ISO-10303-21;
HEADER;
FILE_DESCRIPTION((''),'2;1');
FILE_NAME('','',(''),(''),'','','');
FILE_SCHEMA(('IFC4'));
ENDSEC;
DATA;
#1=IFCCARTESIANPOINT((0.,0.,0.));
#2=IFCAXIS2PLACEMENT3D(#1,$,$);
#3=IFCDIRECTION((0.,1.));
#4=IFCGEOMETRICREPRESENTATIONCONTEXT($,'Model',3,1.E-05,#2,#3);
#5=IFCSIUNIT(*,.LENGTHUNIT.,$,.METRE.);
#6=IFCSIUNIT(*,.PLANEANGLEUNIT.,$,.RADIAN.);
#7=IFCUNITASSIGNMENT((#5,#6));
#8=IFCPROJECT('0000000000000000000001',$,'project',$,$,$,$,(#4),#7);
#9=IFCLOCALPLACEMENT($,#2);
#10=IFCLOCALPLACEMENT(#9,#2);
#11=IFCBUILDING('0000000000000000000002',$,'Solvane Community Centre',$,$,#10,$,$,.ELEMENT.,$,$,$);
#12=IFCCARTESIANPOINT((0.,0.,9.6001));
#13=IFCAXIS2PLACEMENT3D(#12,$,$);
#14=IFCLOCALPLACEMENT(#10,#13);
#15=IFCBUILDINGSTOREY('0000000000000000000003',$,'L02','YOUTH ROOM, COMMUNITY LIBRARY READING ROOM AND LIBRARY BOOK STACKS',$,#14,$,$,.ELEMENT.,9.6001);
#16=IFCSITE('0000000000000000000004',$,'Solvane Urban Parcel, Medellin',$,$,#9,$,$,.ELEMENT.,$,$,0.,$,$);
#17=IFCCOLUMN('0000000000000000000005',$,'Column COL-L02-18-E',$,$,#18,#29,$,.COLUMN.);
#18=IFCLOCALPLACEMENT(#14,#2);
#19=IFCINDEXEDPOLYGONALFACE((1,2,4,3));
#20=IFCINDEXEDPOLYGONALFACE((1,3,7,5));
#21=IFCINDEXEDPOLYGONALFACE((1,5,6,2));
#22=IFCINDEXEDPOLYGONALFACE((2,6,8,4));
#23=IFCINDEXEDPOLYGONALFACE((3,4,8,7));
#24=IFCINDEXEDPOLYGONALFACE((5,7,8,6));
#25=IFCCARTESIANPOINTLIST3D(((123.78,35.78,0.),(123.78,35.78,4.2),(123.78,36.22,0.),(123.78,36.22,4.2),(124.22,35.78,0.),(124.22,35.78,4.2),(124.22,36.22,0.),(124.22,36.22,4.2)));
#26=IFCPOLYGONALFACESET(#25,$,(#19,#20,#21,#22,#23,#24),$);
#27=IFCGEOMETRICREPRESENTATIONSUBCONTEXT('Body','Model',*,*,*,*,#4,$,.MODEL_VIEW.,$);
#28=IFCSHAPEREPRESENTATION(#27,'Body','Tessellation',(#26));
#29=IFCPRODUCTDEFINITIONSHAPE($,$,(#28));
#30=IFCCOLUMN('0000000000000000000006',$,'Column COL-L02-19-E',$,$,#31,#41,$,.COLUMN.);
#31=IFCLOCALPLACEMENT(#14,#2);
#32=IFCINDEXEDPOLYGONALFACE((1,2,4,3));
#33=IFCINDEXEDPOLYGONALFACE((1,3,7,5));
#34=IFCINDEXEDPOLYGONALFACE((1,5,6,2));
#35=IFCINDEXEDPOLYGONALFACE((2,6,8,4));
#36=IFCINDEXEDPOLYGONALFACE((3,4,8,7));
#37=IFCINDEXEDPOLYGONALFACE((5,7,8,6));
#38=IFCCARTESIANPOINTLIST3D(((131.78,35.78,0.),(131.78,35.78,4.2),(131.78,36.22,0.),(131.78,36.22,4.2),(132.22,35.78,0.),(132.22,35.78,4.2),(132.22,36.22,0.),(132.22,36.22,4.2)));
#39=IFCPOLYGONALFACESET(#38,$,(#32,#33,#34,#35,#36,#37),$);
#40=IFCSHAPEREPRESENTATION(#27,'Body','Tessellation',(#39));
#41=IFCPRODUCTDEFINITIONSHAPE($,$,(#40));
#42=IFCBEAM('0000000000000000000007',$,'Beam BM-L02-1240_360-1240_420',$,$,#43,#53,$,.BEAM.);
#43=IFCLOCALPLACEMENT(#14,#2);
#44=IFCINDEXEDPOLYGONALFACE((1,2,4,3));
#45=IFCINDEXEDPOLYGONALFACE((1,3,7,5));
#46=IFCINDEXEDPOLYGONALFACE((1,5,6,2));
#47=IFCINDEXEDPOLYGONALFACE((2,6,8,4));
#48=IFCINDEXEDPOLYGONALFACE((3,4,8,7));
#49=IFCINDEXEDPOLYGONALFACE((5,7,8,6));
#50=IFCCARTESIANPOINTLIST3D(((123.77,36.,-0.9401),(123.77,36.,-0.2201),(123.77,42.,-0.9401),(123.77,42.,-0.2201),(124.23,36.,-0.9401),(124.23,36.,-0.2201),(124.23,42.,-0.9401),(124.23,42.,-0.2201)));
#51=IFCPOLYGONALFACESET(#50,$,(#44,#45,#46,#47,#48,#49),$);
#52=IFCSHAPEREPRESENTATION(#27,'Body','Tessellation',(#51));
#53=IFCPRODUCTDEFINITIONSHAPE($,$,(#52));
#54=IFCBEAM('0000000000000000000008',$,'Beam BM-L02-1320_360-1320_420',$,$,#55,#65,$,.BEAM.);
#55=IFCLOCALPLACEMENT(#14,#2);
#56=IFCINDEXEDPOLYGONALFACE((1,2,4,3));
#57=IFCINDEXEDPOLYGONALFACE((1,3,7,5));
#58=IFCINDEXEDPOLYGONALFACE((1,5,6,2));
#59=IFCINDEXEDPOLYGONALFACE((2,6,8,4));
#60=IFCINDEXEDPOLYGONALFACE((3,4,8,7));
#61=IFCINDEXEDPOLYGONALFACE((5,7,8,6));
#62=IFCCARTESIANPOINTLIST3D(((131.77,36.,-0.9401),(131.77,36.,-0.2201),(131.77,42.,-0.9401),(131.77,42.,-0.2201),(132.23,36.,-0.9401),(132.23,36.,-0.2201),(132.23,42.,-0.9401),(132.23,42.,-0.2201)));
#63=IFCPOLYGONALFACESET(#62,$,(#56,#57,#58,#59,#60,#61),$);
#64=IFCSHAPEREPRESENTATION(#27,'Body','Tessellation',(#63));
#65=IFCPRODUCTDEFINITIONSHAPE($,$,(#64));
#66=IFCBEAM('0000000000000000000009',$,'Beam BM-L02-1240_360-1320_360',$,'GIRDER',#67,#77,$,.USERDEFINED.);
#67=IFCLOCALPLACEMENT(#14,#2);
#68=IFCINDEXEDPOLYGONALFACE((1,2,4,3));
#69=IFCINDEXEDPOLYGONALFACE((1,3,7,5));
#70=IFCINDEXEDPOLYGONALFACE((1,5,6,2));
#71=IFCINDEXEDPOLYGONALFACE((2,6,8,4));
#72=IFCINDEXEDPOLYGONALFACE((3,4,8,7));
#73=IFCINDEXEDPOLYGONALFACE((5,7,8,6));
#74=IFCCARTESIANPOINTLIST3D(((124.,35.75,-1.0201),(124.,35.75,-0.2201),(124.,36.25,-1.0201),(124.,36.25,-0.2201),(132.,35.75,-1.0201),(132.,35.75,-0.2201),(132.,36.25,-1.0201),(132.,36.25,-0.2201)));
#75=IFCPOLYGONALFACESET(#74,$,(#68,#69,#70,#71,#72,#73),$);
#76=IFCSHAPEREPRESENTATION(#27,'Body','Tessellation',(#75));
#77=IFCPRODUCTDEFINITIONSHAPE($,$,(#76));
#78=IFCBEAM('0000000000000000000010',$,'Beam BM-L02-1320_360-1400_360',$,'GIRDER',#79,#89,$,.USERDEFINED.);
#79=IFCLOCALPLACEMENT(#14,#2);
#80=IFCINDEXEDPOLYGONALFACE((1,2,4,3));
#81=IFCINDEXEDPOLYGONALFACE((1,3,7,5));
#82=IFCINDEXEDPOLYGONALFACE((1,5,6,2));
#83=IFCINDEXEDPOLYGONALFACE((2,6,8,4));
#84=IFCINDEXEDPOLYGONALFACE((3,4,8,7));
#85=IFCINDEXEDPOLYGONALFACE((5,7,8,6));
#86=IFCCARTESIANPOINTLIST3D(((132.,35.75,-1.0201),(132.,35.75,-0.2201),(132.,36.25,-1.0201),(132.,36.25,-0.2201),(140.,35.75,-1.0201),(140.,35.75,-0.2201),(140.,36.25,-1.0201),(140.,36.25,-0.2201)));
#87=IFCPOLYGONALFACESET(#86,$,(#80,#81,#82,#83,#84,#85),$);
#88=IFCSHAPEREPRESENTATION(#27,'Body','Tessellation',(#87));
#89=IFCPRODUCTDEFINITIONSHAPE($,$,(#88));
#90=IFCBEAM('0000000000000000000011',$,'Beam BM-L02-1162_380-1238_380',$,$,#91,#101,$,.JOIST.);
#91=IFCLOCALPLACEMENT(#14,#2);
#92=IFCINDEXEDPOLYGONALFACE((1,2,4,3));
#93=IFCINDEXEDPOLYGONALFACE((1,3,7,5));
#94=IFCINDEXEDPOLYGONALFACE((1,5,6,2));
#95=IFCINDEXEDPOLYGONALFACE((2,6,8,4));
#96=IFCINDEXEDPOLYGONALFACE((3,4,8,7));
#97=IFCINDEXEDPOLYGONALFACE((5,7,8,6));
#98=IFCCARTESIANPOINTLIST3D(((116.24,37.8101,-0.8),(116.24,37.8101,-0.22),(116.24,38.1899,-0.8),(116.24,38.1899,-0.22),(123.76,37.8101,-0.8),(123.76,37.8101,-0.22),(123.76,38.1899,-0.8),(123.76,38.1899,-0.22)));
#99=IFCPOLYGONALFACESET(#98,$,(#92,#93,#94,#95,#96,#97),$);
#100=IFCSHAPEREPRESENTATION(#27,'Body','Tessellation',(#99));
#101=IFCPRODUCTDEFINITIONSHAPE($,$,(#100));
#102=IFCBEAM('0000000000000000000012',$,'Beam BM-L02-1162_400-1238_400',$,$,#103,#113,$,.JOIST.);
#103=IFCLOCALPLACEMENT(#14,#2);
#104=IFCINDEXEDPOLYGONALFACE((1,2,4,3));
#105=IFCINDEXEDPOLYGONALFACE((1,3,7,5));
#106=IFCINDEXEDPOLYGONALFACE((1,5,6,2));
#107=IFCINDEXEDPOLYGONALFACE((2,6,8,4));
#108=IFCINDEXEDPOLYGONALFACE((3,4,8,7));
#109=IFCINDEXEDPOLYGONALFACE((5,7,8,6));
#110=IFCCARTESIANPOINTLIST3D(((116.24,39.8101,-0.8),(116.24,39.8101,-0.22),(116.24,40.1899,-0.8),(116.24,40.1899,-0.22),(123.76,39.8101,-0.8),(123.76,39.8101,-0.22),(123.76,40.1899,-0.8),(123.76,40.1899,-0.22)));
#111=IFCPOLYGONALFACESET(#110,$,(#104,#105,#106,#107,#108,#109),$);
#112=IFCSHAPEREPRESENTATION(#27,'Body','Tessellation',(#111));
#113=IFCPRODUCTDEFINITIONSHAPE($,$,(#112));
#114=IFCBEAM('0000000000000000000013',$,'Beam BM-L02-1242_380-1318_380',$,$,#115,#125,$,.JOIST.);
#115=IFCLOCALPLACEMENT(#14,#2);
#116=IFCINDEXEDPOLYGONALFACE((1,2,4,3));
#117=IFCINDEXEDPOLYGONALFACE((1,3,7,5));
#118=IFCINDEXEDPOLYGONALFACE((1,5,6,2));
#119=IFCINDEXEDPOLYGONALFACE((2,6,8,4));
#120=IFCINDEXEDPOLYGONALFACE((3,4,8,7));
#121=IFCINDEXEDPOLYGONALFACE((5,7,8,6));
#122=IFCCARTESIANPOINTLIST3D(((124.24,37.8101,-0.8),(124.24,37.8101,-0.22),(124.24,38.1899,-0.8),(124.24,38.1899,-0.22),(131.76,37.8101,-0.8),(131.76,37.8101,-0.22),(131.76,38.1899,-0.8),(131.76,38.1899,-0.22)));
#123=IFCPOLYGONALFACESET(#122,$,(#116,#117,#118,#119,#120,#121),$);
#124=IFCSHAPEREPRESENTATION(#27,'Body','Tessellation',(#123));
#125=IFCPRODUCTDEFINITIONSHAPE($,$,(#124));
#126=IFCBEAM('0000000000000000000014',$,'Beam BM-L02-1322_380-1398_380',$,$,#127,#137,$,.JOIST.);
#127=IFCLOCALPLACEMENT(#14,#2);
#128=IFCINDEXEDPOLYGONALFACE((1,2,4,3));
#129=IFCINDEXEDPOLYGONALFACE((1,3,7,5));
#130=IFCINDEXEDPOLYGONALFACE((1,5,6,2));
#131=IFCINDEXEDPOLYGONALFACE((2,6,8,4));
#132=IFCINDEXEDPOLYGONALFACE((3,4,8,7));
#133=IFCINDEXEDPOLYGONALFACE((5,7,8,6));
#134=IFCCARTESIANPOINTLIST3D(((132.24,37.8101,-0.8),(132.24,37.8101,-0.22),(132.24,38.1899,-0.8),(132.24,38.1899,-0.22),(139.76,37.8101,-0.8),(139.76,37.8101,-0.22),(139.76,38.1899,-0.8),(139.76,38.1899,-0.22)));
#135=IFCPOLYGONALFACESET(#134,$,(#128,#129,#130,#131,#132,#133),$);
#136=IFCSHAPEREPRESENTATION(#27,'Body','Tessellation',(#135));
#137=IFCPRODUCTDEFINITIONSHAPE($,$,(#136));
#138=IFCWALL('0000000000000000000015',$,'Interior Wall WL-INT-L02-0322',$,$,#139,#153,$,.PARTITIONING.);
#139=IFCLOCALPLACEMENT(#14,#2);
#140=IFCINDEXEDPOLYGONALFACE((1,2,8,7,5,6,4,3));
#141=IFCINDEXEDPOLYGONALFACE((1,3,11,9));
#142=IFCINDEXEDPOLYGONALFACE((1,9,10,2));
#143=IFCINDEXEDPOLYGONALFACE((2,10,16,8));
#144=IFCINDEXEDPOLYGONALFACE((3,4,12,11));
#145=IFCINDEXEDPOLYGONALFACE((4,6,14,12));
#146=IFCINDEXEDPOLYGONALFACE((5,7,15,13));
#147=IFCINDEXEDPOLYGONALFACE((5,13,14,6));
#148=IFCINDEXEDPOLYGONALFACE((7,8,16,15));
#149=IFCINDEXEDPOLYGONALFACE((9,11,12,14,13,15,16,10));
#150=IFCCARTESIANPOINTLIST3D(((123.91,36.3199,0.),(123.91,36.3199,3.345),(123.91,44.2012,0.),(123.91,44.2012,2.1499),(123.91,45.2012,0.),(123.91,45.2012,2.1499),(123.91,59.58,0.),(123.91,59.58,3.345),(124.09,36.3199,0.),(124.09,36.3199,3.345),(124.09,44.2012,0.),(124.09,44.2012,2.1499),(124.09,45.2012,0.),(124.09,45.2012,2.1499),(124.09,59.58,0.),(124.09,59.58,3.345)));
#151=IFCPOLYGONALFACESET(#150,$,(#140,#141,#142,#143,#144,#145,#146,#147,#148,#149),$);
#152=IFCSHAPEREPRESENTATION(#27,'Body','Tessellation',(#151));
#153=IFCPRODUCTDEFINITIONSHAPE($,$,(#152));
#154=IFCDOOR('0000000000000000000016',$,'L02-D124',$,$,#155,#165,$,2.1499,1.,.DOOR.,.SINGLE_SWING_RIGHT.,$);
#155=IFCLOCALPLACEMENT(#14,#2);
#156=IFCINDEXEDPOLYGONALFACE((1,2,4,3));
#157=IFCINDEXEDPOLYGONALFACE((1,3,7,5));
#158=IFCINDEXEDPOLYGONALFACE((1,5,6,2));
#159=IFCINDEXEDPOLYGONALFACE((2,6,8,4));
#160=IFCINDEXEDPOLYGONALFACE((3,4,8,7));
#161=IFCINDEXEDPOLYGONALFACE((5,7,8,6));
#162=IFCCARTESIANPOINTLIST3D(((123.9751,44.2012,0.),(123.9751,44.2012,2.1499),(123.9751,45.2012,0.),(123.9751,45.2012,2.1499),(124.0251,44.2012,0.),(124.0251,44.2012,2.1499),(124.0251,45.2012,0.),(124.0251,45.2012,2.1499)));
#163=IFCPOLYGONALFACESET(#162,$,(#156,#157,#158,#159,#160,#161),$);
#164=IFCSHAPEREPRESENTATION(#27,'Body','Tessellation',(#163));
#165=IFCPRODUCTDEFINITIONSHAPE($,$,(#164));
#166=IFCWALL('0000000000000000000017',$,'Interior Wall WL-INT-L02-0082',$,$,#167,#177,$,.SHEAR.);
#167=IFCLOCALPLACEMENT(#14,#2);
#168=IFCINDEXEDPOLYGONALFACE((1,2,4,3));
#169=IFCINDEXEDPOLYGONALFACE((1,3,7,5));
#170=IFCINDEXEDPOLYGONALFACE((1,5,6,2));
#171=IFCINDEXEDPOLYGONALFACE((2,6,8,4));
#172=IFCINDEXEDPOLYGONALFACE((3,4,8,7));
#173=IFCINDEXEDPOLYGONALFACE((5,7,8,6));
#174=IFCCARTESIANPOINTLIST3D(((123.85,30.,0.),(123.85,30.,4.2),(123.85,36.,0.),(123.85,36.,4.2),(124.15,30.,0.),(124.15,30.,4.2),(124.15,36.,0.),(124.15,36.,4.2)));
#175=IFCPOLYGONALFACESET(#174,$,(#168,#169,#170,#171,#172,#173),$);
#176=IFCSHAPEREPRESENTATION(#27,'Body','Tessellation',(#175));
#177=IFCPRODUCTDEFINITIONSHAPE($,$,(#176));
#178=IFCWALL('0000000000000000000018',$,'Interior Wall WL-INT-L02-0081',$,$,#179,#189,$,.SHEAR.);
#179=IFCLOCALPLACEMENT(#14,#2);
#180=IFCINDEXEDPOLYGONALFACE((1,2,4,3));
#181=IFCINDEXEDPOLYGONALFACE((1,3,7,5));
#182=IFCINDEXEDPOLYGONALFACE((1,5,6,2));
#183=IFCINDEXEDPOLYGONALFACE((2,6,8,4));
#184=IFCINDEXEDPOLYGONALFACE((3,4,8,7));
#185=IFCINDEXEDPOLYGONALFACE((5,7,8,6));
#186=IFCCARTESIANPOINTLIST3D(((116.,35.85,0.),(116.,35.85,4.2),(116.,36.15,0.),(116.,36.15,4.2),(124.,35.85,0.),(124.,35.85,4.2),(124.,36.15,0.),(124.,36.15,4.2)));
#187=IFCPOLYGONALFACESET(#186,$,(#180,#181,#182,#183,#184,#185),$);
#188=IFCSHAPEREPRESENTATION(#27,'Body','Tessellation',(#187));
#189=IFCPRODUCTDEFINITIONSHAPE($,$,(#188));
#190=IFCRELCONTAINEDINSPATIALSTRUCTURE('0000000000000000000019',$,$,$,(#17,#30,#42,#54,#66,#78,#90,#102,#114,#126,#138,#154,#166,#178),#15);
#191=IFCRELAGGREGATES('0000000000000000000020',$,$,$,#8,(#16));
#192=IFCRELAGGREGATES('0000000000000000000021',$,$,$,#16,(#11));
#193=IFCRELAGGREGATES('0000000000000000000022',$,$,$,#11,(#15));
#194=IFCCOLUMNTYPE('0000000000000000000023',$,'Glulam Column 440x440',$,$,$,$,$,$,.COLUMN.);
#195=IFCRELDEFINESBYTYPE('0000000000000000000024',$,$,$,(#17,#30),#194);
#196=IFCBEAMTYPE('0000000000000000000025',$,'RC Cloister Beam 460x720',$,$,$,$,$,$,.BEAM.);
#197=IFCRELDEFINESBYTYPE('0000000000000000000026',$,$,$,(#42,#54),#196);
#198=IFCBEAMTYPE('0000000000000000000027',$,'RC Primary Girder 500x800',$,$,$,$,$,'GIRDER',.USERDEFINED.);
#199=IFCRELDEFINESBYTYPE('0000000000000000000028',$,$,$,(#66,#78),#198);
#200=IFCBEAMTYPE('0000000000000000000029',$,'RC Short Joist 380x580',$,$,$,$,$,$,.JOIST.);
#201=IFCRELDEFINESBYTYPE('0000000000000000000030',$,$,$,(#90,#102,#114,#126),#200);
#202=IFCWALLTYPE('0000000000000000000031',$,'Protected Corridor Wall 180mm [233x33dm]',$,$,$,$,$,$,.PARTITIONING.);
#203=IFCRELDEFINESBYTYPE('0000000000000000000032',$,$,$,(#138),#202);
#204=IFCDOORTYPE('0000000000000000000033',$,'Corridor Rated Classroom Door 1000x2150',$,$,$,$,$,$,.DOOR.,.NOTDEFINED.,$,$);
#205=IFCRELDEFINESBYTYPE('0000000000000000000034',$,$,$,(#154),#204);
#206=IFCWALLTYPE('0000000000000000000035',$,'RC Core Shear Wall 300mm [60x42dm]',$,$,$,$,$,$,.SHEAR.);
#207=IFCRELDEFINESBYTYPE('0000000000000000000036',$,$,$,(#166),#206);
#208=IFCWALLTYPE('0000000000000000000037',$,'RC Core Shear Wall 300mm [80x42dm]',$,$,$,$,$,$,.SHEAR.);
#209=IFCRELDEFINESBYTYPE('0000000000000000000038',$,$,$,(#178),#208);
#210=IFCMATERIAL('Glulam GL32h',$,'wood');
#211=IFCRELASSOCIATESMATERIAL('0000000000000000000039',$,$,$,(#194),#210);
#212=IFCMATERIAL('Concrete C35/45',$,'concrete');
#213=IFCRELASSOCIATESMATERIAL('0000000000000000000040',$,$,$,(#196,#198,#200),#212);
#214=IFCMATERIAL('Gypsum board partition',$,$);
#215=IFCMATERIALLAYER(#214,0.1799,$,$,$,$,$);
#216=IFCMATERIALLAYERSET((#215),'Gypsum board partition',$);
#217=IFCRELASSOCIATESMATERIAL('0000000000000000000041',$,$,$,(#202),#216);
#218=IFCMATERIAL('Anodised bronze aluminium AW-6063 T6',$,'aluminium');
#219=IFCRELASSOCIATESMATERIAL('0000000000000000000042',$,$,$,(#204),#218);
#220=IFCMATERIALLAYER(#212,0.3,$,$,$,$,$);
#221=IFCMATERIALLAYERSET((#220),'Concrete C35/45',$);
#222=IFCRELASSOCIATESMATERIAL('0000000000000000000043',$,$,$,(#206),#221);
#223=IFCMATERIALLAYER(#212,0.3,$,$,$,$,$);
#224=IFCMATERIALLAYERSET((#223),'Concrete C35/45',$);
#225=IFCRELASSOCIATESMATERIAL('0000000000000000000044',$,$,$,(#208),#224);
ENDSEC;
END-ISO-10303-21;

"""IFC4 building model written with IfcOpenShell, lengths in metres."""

from ifc_helpers import new_model, si_unit, direction, frame, frame_2d, origin, origin_2d, place, context, subcontext, project, spatial, rectangle, extrude, material, layer, layer_set, material_profile, profile_set, type_object, element, fill, save


model = new_model("IFC4")

# Units and contexts
model_context = context("Model", 3, precision=1e-05, world=origin(), true_north=direction((0.0, 1.0)))
body_context = subcontext(model_context, "Body", "Model", "MODEL_VIEW")
ifc_project = project(units=[si_unit("LENGTHUNIT", "METRE"), si_unit("PLANEANGLEUNIT", "RADIAN")], contexts=[model_context])

# Site, building, storey
site_placement = place(None, origin())
site = spatial("IfcSite", under=ifc_project, at=site_placement, Name="Solvane Urban Parcel, Medellin", CompositionType="ELEMENT", RefElevation=0.0)
building_placement = place(site_placement, origin())
building = spatial("IfcBuilding", under=site, at=building_placement, Name="Solvane Community Centre", CompositionType="ELEMENT")
storey_placement = place(building_placement, frame((0.0, 0.0, 9.6001)))
storey = spatial("IfcBuildingStorey", under=building, at=storey_placement, Name="L02", Description="YOUTH ROOM, COMMUNITY LIBRARY READING ROOM AND LIBRARY BOOK STACKS", CompositionType="ELEMENT", Elevation=9.6001)

# Columns
ifc_material_1 = material(Name="Glulam GL32h", Category="wood")
ifc_material_profile_1 = material_profile(ifc_material_1, rectangle(XDim=0.4399, YDim=0.4399, at=origin_2d()), Name="GL32h 440x440")
ifc_profile_set_1 = profile_set([ifc_material_profile_1], Name="Glulam GL32h")
column_type = type_object("IfcColumnType", Name="Glulam Column 440x440", PredefinedType="COLUMN", material=ifc_profile_set_1)
for number, where, z_axis, x_axis, name in (
    (1, (124.0, 36.0, 0.0), (0.0, 0.0, 1.0), (1.0, 0.0, 0.0), "Column COL-L02-18-E"),
    (2, (132.0, 36.0, 0.0), (0.0, 0.0, 1.0), (1.0, 0.0, 0.0), "Column COL-L02-19-E"),
):
    element("IfcColumn", number, at=place(storey_placement, frame(where, z_axis=z_axis, x_axis=x_axis)), inside=storey, type_object=column_type, Name=name, PredefinedType="COLUMN", context=body_context, shape_type="SweptSolid", body=[
        extrude(rectangle(XDim=0.4399, YDim=0.4399, at=origin_2d()), origin(), (0.0, 0.0, 1.0), 4.2),
    ])

# Beams
ifc_material_2 = material(Name="Concrete C35/45", Category="concrete")
ifc_material_profile_2 = material_profile(ifc_material_2, rectangle(XDim=0.46, YDim=0.72, at=origin_2d()), Name="RC 460x720")
ifc_profile_set_2 = profile_set([ifc_material_profile_2], Name="Concrete C35/45")
beam_type_1 = type_object("IfcBeamType", Name="RC Cloister Beam 460x720", PredefinedType="BEAM", material=ifc_profile_set_2)
for number, where, z_axis, x_axis, name in (
    (3, (124.0, 36.0, -0.5801), (0.0, 1.0, 0.0), (-1.0, 0.0, 0.0), "Beam BM-L02-1240_360-1240_420"),
    (4, (132.0, 36.0, -0.5801), (0.0, 1.0, 0.0), (-1.0, 0.0, 0.0), "Beam BM-L02-1320_360-1320_420"),
):
    element("IfcBeam", number, at=place(storey_placement, frame(where, z_axis=z_axis, x_axis=x_axis)), inside=storey, type_object=beam_type_1, Name=name, PredefinedType="BEAM", context=body_context, shape_type="SweptSolid", body=[
        extrude(rectangle(XDim=0.46, YDim=0.72, at=origin_2d()), origin(), (0.0, 0.0, 1.0), 6.0),
    ])
ifc_material_profile_3 = material_profile(ifc_material_2, rectangle(XDim=0.5, YDim=0.8, at=origin_2d()), Name="RC 500x800")
ifc_profile_set_3 = profile_set([ifc_material_profile_3], Name="Concrete C35/45")
beam_type_2 = type_object("IfcBeamType", Name="RC Primary Girder 500x800", ElementType="GIRDER", PredefinedType="USERDEFINED", material=ifc_profile_set_3)
for number, where, z_axis, x_axis, name in (
    (5, (124.0, 36.0, -0.6201), (1.0, 0.0, 0.0), (0.0, 1.0, 0.0), "Beam BM-L02-1240_360-1320_360"),
    (6, (132.0, 36.0, -0.6201), (1.0, 0.0, 0.0), (0.0, 1.0, 0.0), "Beam BM-L02-1320_360-1400_360"),
):
    element("IfcBeam", number, at=place(storey_placement, frame(where, z_axis=z_axis, x_axis=x_axis)), inside=storey, type_object=beam_type_2, Name=name, ObjectType="GIRDER", PredefinedType="USERDEFINED", context=body_context, shape_type="SweptSolid", body=[
        extrude(rectangle(XDim=0.5, YDim=0.8, at=origin_2d()), origin(), (0.0, 0.0, 1.0), 8.0),
    ])
ifc_material_profile_4 = material_profile(ifc_material_2, rectangle(XDim=0.3799, YDim=0.5801, at=origin_2d()), Name="RC 380x580")
ifc_profile_set_4 = profile_set([ifc_material_profile_4], Name="Concrete C35/45")
beam_type_3 = type_object("IfcBeamType", Name="RC Short Joist 380x580", PredefinedType="JOIST", material=ifc_profile_set_4)
for number, where, z_axis, x_axis, name in (
    (7, (116.24, 38.0, -0.51), (1.0, 0.0, 0.0), (0.0, 1.0, 0.0), "Beam BM-L02-1162_380-1238_380"),
    (8, (116.24, 40.0, -0.51), (1.0, 0.0, 0.0), (0.0, 1.0, 0.0), "Beam BM-L02-1162_400-1238_400"),
    (9, (124.24, 38.0, -0.51), (1.0, 0.0, 0.0), (0.0, 1.0, 0.0), "Beam BM-L02-1242_380-1318_380"),
    (10, (132.24, 38.0, -0.51), (1.0, 0.0, 0.0), (0.0, 1.0, 0.0), "Beam BM-L02-1322_380-1398_380"),
):
    element("IfcBeam", number, at=place(storey_placement, frame(where, z_axis=z_axis, x_axis=x_axis)), inside=storey, type_object=beam_type_3, Name=name, PredefinedType="JOIST", context=body_context, shape_type="SweptSolid", body=[
        extrude(rectangle(XDim=0.3799, YDim=0.5801, at=origin_2d()), origin(), (0.0, 0.0, 1.0), 7.52),
    ])

# Wall, opening, door
ifc_material_3 = material(Name="Gypsum board partition")
ifc_layer_1 = layer(ifc_material_3, 0.1799)
ifc_layer_set_1 = layer_set([ifc_layer_1], Name="Gypsum board partition")
wall_type_1 = type_object("IfcWallType", Name="Protected Corridor Wall 180mm [233x33dm]", PredefinedType="PARTITIONING", material=ifc_layer_set_1)
wall_1_placement = place(storey_placement, frame((124.0, 36.3201, 0.0), z_axis=(0.0, 0.0, 1.0), x_axis=(0.0, 1.0, 0.0)))
wall_1 = element("IfcWall", 11, at=wall_1_placement, inside=storey, type_object=wall_type_1, Name="Interior Wall WL-INT-L02-0322", PredefinedType="PARTITIONING", context=body_context, shape_type="SweptSolid", body=[
    extrude(rectangle(XDim=23.26, YDim=0.1799, at=frame_2d((11.6299, 0.0))), origin(), (0.0, 0.0, 1.0), 3.345),
])
opening_placement = place(wall_1_placement, frame((7.8811, 0.0, 0.0)))
opening = element("IfcOpeningElement", 12, at=opening_placement, cuts=wall_1, PredefinedType="OPENING", context=body_context, shape_type="SweptSolid", body=[
    extrude(rectangle(XDim=1.0, YDim=2.1499, at=frame_2d((0.5, 1.075))), frame((0.0, 0.0999, 0.0), z_axis=(0.0, -1.0, 0.0), x_axis=(1.0, 0.0, 0.0)), (0.0, 0.0, 1.0), 0.2),
])
ifc_material_4 = material(Name="Anodised bronze aluminium AW-6063 T6", Category="aluminium")
door_type = type_object("IfcDoorType", Name="Corridor Rated Classroom Door 1000x2150", OperationType="NOTDEFINED", PredefinedType="DOOR", material=ifc_material_4)
door_placement = place(opening_placement, origin())
door = element("IfcDoor", 13, at=door_placement, inside=storey, type_object=door_type, Name="L02-D124", OperationType="SINGLE_SWING_RIGHT", OverallHeight=2.1499, OverallWidth=1.0, PredefinedType="DOOR", context=body_context, shape_type="SweptSolid", body=[
    extrude(rectangle(XDim=1.0, YDim=2.1499, at=frame_2d((0.5, 1.075))), frame((0.0, 0.0249, 0.0), z_axis=(0.0, -1.0, 0.0), x_axis=(1.0, 0.0, 0.0)), (0.0, 0.0, 1.0), 0.05),
])
fill(opening, door)

# Walls
ifc_layer_2 = layer(ifc_material_2, 0.3)
ifc_layer_set_2 = layer_set([ifc_layer_2], Name="Concrete C35/45")
wall_type_2 = type_object("IfcWallType", Name="RC Core Shear Wall 300mm [60x42dm]", PredefinedType="SHEAR", material=ifc_layer_set_2)
wall_2_placement = place(storey_placement, frame((124.0, 36.0, 0.0), z_axis=(0.0, 0.0, 1.0), x_axis=(0.0, -1.0, 0.0)))
element("IfcWall", 14, at=wall_2_placement, inside=storey, type_object=wall_type_2, Name="Interior Wall WL-INT-L02-0082", PredefinedType="SHEAR", context=body_context, shape_type="SweptSolid", body=[
    extrude(rectangle(XDim=6.0, YDim=0.3, at=frame_2d((3.0, 0.0))), origin(), (0.0, 0.0, 1.0), 4.2),
])
ifc_layer_3 = layer(ifc_material_2, 0.3)
ifc_layer_set_3 = layer_set([ifc_layer_3], Name="Concrete C35/45")
wall_type_3 = type_object("IfcWallType", Name="RC Core Shear Wall 300mm [80x42dm]", PredefinedType="SHEAR", material=ifc_layer_set_3)
wall_3_placement = place(storey_placement, frame((116.0, 36.0, 0.0), z_axis=(0.0, 0.0, 1.0), x_axis=(1.0, 0.0, 0.0)))
element("IfcWall", 15, at=wall_3_placement, inside=storey, type_object=wall_type_3, Name="Interior Wall WL-INT-L02-0081", PredefinedType="SHEAR", context=body_context, shape_type="SweptSolid", body=[
    extrude(rectangle(XDim=8.0, YDim=0.3, at=frame_2d((4.0, 0.0))), origin(), (0.0, 0.0, 1.0), 4.2),
])

save(model, "model.ifc")
